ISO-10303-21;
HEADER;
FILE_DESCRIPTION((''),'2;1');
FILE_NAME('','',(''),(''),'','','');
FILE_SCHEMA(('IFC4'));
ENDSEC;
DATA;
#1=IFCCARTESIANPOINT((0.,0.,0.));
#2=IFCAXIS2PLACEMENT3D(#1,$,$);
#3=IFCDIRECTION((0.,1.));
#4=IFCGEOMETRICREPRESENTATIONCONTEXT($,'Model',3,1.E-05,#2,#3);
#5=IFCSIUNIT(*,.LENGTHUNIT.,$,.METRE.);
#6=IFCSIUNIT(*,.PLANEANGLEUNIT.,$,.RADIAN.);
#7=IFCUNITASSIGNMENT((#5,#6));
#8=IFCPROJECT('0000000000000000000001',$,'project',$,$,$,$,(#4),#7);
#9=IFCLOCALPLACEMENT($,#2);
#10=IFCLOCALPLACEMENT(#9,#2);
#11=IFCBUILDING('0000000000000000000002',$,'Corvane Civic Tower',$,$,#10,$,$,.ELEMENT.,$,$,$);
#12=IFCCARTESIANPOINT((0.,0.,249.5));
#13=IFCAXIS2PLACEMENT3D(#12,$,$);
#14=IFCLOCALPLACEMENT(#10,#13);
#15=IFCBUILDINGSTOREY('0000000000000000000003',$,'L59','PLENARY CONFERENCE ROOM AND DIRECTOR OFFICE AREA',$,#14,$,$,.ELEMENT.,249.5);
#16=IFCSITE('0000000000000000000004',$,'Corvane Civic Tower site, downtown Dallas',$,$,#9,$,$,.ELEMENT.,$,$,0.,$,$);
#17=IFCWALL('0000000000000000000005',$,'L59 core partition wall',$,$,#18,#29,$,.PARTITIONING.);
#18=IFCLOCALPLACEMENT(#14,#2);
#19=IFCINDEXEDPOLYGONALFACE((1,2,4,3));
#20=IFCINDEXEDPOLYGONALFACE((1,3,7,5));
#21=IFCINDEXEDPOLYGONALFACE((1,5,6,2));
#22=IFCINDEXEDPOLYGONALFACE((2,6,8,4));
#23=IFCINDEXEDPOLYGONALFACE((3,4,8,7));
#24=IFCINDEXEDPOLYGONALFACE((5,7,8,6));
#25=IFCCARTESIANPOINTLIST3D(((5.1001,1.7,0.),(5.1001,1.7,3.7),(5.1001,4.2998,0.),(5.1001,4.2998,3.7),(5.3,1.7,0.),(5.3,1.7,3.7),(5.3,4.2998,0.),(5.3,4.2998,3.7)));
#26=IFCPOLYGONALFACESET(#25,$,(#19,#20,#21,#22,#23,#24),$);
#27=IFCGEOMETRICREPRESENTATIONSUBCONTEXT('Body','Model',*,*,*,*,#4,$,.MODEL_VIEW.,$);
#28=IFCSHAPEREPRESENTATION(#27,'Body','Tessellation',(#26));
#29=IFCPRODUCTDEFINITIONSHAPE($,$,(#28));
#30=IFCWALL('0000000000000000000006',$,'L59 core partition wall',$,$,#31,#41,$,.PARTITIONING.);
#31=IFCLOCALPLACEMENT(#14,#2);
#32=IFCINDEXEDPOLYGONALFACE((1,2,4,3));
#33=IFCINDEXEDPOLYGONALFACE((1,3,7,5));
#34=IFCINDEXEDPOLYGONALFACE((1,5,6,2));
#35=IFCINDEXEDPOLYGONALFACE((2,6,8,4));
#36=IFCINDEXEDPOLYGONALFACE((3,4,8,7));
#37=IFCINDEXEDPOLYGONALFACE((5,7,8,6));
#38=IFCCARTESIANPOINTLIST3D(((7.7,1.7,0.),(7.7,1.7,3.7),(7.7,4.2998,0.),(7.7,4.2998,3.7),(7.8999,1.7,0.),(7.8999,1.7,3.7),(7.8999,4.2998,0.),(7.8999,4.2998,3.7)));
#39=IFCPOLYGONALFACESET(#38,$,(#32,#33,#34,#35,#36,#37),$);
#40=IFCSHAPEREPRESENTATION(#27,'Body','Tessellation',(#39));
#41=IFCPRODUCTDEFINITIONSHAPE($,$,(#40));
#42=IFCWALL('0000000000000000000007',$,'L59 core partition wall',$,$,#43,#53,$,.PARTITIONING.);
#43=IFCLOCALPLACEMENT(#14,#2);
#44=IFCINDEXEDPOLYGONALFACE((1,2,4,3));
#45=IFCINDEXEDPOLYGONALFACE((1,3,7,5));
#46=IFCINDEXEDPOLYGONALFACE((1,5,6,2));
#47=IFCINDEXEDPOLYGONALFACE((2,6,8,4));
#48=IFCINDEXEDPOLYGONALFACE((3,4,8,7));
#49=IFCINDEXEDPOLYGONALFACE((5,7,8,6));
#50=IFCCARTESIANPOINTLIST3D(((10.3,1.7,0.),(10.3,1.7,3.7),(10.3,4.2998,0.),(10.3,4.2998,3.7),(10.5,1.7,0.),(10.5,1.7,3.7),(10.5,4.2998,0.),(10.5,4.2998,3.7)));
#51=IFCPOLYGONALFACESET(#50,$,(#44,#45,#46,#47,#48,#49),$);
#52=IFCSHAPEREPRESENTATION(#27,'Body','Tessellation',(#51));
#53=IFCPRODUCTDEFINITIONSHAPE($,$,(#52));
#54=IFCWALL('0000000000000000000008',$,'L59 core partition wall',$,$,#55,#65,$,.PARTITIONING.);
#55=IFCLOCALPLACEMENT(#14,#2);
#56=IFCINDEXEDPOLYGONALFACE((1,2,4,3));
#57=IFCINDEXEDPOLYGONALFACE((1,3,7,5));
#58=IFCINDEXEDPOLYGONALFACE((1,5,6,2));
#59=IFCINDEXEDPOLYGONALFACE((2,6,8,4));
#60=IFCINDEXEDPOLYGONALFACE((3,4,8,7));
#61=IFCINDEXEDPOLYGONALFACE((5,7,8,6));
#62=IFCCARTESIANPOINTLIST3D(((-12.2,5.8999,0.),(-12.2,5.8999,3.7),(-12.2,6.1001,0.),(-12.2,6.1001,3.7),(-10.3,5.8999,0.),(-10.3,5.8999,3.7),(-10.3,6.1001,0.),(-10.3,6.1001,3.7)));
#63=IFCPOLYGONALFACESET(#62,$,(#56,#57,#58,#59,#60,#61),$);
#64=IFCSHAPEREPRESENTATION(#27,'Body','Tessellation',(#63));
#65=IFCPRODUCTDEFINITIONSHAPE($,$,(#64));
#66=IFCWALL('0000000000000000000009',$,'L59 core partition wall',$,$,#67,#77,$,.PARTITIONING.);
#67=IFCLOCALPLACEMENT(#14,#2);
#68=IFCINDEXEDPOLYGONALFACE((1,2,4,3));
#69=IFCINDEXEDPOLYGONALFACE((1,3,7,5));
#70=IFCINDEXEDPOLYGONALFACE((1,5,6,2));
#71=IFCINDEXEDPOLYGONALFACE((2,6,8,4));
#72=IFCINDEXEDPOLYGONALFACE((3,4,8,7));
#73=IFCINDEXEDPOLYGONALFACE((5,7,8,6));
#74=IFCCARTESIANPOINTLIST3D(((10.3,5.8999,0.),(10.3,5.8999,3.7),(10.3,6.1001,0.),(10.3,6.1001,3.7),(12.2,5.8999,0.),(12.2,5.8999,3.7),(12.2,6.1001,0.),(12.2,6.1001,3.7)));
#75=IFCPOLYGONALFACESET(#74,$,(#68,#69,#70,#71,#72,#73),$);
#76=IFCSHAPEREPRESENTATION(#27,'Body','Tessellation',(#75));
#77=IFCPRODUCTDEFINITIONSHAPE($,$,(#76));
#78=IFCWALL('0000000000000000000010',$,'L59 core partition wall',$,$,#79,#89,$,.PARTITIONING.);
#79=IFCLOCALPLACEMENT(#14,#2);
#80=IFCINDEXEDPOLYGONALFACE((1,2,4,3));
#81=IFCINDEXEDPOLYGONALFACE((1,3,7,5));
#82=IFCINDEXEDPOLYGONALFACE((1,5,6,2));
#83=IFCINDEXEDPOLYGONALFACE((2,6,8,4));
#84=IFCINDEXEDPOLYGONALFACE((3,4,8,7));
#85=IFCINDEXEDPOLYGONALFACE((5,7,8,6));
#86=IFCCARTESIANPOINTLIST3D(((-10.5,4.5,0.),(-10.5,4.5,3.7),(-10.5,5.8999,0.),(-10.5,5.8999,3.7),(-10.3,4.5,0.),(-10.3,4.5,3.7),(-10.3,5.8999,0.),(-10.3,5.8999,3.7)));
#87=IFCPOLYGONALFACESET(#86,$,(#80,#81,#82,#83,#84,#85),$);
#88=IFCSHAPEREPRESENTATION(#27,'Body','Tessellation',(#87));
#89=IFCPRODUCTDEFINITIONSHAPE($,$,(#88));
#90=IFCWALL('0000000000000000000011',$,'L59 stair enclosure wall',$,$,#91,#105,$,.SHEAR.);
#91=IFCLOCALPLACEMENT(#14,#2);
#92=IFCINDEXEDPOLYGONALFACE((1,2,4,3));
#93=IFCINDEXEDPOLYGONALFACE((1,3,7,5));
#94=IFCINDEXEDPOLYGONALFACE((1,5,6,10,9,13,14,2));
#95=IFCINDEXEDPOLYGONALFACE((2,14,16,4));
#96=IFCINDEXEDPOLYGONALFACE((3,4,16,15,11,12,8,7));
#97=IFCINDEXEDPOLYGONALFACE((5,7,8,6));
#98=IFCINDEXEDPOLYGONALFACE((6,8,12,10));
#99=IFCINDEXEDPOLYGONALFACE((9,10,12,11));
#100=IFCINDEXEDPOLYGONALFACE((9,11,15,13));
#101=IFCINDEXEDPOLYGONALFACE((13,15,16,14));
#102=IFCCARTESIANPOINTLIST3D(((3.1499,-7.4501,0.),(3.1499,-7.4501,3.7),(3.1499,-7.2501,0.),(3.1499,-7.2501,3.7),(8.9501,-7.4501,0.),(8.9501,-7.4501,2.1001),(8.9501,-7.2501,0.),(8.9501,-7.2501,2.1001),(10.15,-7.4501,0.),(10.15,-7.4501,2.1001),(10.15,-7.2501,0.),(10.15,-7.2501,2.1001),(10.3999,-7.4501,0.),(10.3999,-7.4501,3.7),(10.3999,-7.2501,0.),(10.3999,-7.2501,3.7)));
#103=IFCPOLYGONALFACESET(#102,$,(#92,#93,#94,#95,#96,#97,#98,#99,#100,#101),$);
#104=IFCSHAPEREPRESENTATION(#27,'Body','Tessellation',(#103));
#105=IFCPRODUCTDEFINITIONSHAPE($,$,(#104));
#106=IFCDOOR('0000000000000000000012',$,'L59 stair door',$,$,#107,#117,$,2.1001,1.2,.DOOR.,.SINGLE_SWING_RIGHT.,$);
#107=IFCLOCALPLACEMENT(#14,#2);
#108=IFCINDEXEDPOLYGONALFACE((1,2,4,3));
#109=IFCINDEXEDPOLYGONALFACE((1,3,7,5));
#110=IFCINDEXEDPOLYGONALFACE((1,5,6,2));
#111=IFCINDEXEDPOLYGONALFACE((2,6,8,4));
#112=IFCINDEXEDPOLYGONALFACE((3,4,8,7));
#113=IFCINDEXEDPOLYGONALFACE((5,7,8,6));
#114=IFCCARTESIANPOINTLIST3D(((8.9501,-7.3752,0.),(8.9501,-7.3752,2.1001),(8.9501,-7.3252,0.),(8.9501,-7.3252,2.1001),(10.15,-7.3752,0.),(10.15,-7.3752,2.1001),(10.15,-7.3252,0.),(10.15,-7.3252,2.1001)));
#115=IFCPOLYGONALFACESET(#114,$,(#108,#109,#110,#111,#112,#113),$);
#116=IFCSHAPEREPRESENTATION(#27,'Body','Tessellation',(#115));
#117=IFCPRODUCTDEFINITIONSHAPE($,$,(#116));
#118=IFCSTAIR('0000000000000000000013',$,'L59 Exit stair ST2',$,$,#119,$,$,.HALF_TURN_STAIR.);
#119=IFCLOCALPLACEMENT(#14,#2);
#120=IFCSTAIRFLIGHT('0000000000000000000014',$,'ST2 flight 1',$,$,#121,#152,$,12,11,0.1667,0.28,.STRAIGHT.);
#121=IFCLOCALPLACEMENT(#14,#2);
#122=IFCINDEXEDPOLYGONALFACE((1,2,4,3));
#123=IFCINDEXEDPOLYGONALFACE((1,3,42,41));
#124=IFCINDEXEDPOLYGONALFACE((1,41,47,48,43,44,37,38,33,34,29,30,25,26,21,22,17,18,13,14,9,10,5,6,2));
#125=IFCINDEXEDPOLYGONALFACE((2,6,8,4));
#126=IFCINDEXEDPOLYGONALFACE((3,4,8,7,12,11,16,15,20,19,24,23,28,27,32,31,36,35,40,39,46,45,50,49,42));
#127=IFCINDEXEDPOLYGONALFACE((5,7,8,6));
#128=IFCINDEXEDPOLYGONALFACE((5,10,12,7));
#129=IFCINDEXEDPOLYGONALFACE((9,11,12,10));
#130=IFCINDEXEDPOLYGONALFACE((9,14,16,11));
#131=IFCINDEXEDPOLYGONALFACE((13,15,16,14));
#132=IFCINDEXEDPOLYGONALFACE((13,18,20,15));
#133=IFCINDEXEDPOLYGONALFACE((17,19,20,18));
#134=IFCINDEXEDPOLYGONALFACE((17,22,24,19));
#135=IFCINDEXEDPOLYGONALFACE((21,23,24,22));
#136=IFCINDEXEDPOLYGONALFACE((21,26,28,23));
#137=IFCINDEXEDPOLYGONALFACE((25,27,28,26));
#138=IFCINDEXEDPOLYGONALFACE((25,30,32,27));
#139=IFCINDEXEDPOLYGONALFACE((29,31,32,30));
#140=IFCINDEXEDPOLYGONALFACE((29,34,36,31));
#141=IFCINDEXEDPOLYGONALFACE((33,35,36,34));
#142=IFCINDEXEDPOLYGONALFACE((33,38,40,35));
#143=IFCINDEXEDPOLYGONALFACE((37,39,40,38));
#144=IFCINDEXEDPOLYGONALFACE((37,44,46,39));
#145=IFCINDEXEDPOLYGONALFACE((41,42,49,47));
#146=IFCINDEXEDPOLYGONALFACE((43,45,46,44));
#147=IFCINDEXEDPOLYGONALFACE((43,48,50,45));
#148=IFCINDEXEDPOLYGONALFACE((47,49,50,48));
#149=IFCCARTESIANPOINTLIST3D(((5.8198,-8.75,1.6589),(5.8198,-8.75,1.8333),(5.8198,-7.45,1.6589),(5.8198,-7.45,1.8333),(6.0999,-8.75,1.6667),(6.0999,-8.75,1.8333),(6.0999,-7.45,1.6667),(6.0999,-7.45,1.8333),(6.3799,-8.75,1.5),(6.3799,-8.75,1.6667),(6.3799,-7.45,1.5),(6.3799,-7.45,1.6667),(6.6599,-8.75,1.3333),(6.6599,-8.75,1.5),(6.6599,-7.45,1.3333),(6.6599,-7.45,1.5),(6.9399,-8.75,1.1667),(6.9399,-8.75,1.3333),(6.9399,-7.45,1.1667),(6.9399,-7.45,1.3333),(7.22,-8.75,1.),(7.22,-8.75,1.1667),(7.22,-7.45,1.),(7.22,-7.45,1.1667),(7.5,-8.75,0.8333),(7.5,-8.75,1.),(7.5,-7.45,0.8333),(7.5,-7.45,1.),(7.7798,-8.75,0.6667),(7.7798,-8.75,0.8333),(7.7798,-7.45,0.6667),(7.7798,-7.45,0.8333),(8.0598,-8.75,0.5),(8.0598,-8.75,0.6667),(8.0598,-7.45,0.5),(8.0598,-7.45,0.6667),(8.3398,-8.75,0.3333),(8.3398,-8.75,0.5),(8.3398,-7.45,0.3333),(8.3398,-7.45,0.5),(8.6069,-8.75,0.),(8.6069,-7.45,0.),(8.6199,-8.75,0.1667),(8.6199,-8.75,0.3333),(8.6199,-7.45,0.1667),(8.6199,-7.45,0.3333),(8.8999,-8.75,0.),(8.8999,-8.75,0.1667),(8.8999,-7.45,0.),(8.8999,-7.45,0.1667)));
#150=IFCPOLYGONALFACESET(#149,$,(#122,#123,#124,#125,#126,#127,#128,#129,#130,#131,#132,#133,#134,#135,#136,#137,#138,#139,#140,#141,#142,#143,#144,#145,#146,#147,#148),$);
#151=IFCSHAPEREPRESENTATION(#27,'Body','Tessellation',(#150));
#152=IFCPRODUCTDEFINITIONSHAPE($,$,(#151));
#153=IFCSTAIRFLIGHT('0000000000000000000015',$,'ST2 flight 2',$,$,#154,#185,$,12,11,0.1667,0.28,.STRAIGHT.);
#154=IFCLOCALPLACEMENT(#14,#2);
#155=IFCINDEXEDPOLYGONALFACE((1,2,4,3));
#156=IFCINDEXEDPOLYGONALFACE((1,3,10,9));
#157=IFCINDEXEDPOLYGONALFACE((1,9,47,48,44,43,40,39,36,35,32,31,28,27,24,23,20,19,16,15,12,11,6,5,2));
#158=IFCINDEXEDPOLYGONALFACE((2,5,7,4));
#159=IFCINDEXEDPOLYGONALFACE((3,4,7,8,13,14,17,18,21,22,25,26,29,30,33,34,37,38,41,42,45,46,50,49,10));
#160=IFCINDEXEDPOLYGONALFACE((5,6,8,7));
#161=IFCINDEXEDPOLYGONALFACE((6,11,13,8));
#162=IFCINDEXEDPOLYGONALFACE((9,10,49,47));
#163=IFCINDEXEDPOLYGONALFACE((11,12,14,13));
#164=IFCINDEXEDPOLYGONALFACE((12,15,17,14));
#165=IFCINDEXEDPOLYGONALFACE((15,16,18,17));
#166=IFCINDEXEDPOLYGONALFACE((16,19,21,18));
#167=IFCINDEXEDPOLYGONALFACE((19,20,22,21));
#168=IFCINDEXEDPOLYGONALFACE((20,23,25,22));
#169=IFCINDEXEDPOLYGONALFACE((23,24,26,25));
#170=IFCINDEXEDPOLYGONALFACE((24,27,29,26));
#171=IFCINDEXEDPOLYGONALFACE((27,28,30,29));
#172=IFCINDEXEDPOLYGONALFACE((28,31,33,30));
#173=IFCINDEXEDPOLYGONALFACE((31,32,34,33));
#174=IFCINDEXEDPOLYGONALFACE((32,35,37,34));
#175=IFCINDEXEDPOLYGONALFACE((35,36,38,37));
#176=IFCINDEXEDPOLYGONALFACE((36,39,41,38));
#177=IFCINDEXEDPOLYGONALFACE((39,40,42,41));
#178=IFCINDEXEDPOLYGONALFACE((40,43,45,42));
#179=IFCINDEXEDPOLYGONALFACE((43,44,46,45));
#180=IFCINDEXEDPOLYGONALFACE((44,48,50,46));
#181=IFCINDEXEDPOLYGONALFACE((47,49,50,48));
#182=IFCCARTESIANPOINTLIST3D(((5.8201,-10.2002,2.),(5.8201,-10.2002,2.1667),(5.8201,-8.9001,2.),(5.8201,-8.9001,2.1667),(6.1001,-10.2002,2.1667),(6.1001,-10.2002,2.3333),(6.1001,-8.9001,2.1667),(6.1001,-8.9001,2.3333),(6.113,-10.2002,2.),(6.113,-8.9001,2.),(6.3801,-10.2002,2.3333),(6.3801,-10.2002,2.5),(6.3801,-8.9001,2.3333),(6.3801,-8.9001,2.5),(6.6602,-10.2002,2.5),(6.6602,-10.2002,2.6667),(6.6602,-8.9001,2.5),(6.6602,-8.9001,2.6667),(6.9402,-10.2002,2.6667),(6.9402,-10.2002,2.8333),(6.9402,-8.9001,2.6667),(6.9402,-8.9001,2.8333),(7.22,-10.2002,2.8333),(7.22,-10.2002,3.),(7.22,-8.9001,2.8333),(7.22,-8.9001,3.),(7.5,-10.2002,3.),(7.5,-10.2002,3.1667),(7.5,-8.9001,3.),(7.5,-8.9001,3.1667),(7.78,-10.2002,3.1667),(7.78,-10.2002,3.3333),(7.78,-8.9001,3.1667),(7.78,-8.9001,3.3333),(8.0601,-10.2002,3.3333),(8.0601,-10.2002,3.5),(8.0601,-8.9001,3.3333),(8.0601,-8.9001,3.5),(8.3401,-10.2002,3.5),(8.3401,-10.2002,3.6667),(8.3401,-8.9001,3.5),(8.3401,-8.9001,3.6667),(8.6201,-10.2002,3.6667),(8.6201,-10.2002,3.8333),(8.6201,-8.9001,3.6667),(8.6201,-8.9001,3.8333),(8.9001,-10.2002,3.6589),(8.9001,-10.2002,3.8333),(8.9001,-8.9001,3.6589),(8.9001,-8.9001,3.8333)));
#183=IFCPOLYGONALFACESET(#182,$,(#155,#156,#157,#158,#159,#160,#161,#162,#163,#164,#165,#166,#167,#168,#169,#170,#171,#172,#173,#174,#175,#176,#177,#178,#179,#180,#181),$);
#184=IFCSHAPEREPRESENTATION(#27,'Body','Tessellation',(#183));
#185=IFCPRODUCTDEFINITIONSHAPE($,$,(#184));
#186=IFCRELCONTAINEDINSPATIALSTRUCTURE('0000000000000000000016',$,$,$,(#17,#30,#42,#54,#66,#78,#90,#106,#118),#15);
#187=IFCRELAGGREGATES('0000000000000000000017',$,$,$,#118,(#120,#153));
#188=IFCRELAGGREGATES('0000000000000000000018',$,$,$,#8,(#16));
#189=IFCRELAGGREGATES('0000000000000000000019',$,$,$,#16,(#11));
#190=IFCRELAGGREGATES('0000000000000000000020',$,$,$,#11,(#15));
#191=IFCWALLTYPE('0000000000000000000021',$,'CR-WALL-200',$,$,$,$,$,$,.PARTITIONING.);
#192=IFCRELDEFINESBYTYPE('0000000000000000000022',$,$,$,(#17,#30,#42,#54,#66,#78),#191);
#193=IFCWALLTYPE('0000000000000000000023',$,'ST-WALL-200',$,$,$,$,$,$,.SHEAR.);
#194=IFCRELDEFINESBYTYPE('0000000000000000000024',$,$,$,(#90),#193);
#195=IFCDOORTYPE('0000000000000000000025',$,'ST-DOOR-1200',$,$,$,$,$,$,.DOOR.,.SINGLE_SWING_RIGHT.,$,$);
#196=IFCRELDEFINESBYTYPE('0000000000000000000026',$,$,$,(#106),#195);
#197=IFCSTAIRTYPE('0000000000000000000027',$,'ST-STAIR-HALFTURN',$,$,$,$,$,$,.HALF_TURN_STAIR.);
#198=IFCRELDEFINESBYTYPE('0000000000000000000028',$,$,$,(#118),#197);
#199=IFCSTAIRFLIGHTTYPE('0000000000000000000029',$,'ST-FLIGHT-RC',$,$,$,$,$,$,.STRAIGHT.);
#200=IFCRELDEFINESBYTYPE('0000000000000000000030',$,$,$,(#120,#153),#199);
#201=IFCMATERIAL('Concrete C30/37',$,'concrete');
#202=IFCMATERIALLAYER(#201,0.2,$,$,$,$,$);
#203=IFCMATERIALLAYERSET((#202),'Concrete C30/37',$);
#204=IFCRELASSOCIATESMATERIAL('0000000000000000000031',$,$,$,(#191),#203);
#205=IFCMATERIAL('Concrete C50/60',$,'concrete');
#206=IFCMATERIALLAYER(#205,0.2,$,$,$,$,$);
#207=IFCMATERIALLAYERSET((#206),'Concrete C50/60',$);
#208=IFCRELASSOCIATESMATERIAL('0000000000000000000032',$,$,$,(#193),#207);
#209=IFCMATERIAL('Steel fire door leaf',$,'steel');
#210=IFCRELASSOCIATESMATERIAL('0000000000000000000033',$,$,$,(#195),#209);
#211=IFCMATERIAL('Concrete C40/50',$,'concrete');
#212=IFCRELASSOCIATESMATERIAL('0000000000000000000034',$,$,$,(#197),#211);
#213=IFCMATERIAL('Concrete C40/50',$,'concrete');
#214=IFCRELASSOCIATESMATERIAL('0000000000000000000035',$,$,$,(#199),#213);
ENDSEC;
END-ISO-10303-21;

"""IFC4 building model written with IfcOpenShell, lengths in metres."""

from ifc_helpers import new_model, si_unit, direction, frame, frame_2d, origin, place, context, subcontext, project, spatial, polyline, rectangle, outline, extrude, material, layer, layer_set, type_object, element, fill, aggregate, save


model = new_model("IFC4")

# Units and contexts
model_context = context("Model", 3, precision=1e-05, world=origin(), true_north=direction((0.0, 1.0)))
body_context = subcontext(model_context, "Body", "Model", "MODEL_VIEW")
ifc_project = project(units=[si_unit("LENGTHUNIT", "METRE"), si_unit("PLANEANGLEUNIT", "RADIAN")], contexts=[model_context])

# Site, building, storey
site_placement = place(None, origin())
site = spatial("IfcSite", under=ifc_project, at=site_placement, Name="Corvane Civic Tower site, downtown Dallas", CompositionType="ELEMENT", RefElevation=0.0)
building_placement = place(site_placement, origin())
building = spatial("IfcBuilding", under=site, at=building_placement, Name="Corvane Civic Tower", CompositionType="ELEMENT")
storey_placement = place(building_placement, frame((0.0, 0.0, 249.5)))
storey = spatial("IfcBuildingStorey", under=building, at=storey_placement, Name="L59", Description="PLENARY CONFERENCE ROOM AND DIRECTOR OFFICE AREA", CompositionType="ELEMENT", Elevation=249.5)

# Shared definitions
ifc_material_1 = material(Name="Concrete C30/37", Category="concrete")
ifc_layer_1 = layer(ifc_material_1, 0.2)
ifc_layer_set_1 = layer_set([ifc_layer_1], Name="Concrete C30/37")
wall_type_1 = type_object("IfcWallType", Name="CR-WALL-200", PredefinedType="PARTITIONING", material=ifc_layer_set_1)

# Walls
wall_1_placement = place(storey_placement, origin())
element("IfcWall", 1, at=wall_1_placement, inside=storey, type_object=wall_type_1, Name="L59 core partition wall", PredefinedType="PARTITIONING", context=body_context, shape_type="SweptSolid", body=[
    extrude(outline(polyline([(5.3, 1.7), (5.1001, 1.7), (5.1001, 4.2998), (5.3, 4.2998), (5.3, 1.7)])), origin(), (0.0, 0.0, 1.0), 3.7),
])
wall_2_placement = place(storey_placement, origin())
element("IfcWall", 2, at=wall_2_placement, inside=storey, type_object=wall_type_1, Name="L59 core partition wall", PredefinedType="PARTITIONING", context=body_context, shape_type="SweptSolid", body=[
    extrude(outline(polyline([(7.8999, 1.7), (7.7, 1.7), (7.7, 4.2998), (7.8999, 4.2998), (7.8999, 1.7)])), origin(), (0.0, 0.0, 1.0), 3.7),
])
wall_3_placement = place(storey_placement, origin())
element("IfcWall", 3, at=wall_3_placement, inside=storey, type_object=wall_type_1, Name="L59 core partition wall", PredefinedType="PARTITIONING", context=body_context, shape_type="SweptSolid", body=[
    extrude(outline(polyline([(10.5, 1.7), (10.3, 1.7), (10.3, 4.2998), (10.5, 4.2998), (10.5, 1.7)])), origin(), (0.0, 0.0, 1.0), 3.7),
])
wall_4_placement = place(storey_placement, origin())
element("IfcWall", 4, at=wall_4_placement, inside=storey, type_object=wall_type_1, Name="L59 core partition wall", PredefinedType="PARTITIONING", context=body_context, shape_type="SweptSolid", body=[
    extrude(outline(polyline([(-10.3, 5.8999), (-12.2, 5.8999), (-12.2, 6.1001), (-10.3, 6.1001), (-10.3, 5.8999)])), origin(), (0.0, 0.0, 1.0), 3.7),
])
wall_5_placement = place(storey_placement, origin())
element("IfcWall", 5, at=wall_5_placement, inside=storey, type_object=wall_type_1, Name="L59 core partition wall", PredefinedType="PARTITIONING", context=body_context, shape_type="SweptSolid", body=[
    extrude(outline(polyline([(12.2, 5.8999), (10.3, 5.8999), (10.3, 6.1001), (12.2, 6.1001), (12.2, 5.8999)])), origin(), (0.0, 0.0, 1.0), 3.7),
])
wall_6_placement = place(storey_placement, origin())
element("IfcWall", 6, at=wall_6_placement, inside=storey, type_object=wall_type_1, Name="L59 core partition wall", PredefinedType="PARTITIONING", context=body_context, shape_type="SweptSolid", body=[
    extrude(outline(polyline([(-10.3, 4.5), (-10.5, 4.5), (-10.5, 5.8999), (-10.3, 5.8999), (-10.3, 4.5)])), origin(), (0.0, 0.0, 1.0), 3.7),
])

# Wall, opening, door
ifc_material_2 = material(Name="Concrete C50/60", Category="concrete")
ifc_layer_2 = layer(ifc_material_2, 0.2)
ifc_layer_set_2 = layer_set([ifc_layer_2], Name="Concrete C50/60")
wall_type_2 = type_object("IfcWallType", Name="ST-WALL-200", PredefinedType="SHEAR", material=ifc_layer_set_2)
wall_7_placement = place(storey_placement, frame((3.1499, -7.3501, 0.0), z_axis=(0.0, 0.0, 1.0), x_axis=(1.0, 0.0, 0.0)))
wall_7 = element("IfcWall", 7, at=wall_7_placement, inside=storey, type_object=wall_type_2, Name="L59 stair enclosure wall", PredefinedType="SHEAR", context=body_context, shape_type="SweptSolid", body=[
    extrude(rectangle(XDim=7.25, YDim=0.2, at=frame_2d((3.625, 0.0))), origin(), (0.0, 0.0, 1.0), 3.7),
])
opening_1_placement = place(wall_7_placement, frame((5.8, 0.0, 0.0)))
opening_1 = element("IfcOpeningElement", 8, at=opening_1_placement, cuts=wall_7, PredefinedType="OPENING", context=body_context, shape_type="SweptSolid", body=[
    extrude(rectangle(XDim=1.2, YDim=2.1001, at=frame_2d((0.6001, 1.05))), frame((0.0, 0.1099, 0.0), z_axis=(0.0, -1.0, 0.0), x_axis=(1.0, 0.0, 0.0)), (0.0, 0.0, 1.0), 0.22),
])
ifc_material_3 = material(Name="Steel fire door leaf", Category="steel")
door_type_1 = type_object("IfcDoorType", Name="ST-DOOR-1200", OperationType="SINGLE_SWING_RIGHT", PredefinedType="DOOR", material=ifc_material_3)
door_1_placement = place(opening_1_placement, origin())
door_1 = element("IfcDoor", 9, at=door_1_placement, inside=storey, type_object=door_type_1, Name="L59 stair door", OperationType="SINGLE_SWING_RIGHT", OverallHeight=2.1001, OverallWidth=1.2, PredefinedType="DOOR", context=body_context, shape_type="SweptSolid", body=[
    extrude(rectangle(XDim=1.2, YDim=2.1001, at=frame_2d((0.6001, 1.05))), frame((0.0, 0.0249, 0.0), z_axis=(0.0, -1.0, 0.0), x_axis=(1.0, 0.0, 0.0)), (0.0, 0.0, 1.0), 0.05),
])
fill(opening_1, door_1)

# Stair, stair flights
ifc_material_4 = material(Name="Concrete C40/50", Category="concrete")
stair_type = type_object("IfcStairType", Name="ST-STAIR-HALFTURN", PredefinedType="HALF_TURN_STAIR", material=ifc_material_4)
stair_placement = place(storey_placement, origin())
stair = element("IfcStair", 10, at=stair_placement, inside=storey, type_object=stair_type, Name="L59 Exit stair ST2", PredefinedType="HALF_TURN_STAIR")
ifc_material_5 = material(Name="Concrete C40/50", Category="concrete")
stair_flight_type = type_object("IfcStairFlightType", Name="ST-FLIGHT-RC", PredefinedType="STRAIGHT", material=ifc_material_5)
stair_flight_1_placement = place(storey_placement, frame((8.8999, -8.1001, 0.0), z_axis=(0.0, 0.0, 1.0), x_axis=(-1.0, 0.0, 0.0)))
stair_flight_1 = element("IfcStairFlight", 11, at=stair_flight_1_placement, type_object=stair_flight_type, Name="ST2 flight 1", NumberOfRisers=12, NumberOfTreads=11, PredefinedType="STRAIGHT", RiserHeight=0.1667, TreadLength=0.28, context=body_context, shape_type="SweptSolid", body=[
    extrude(outline(polyline([(0.0, 0.0), (0.0, 0.1667), (0.28, 0.1667), (0.28, 0.3333), (0.5601, 0.3333), (0.5601, 0.5), (0.8401, 0.5), (0.8401, 0.6667), (1.1201, 0.6667), (1.1201, 0.8333), (1.3999, 0.8333), (1.3999, 1.0), (1.6799, 1.0), (1.6799, 1.1667), (1.96, 1.1667), (1.96, 1.3333), (2.24, 1.3333), (2.24, 1.5), (2.52, 1.5), (2.52, 1.6667), (2.8, 1.6667), (2.8, 1.8333), (3.0801, 1.8333), (3.0801, 2.0), (3.0801, 1.6589), (0.293, 0.0), (0.0, 0.0)])), frame((0.0, 0.6499, 0.0), z_axis=(0.0, -1.0, 0.0), x_axis=(1.0, 0.0, 0.0)), (0.0, 0.0, 1.0), 1.3),
])
stair_flight_2_placement = place(storey_placement, frame((5.8201, -9.55, 2.0), z_axis=(0.0, 0.0, 1.0), x_axis=(1.0, 0.0, 0.0)))
stair_flight_2 = element("IfcStairFlight", 12, at=stair_flight_2_placement, type_object=stair_flight_type, Name="ST2 flight 2", NumberOfRisers=12, NumberOfTreads=11, PredefinedType="STRAIGHT", RiserHeight=0.1667, TreadLength=0.28, context=body_context, shape_type="SweptSolid", body=[
    extrude(outline(polyline([(0.0, 0.0), (0.0, 0.1667), (0.28, 0.1667), (0.28, 0.3333), (0.5601, 0.3333), (0.5601, 0.5), (0.8401, 0.5), (0.8401, 0.6667), (1.1201, 0.6667), (1.1201, 0.8333), (1.3999, 0.8333), (1.3999, 1.0), (1.6799, 1.0), (1.6799, 1.1667), (1.96, 1.1667), (1.96, 1.3333), (2.24, 1.3333), (2.24, 1.5), (2.52, 1.5), (2.52, 1.6667), (2.8, 1.6667), (2.8, 1.8333), (3.0801, 1.8333), (3.0801, 2.0), (3.0801, 1.6589), (0.293, 0.0), (0.0, 0.0)])), frame((0.0, 0.6499, 0.0), z_axis=(0.0, -1.0, 0.0), x_axis=(1.0, 0.0, 0.0)), (0.0, 0.0, 1.0), 1.3),
])
aggregate(stair, [stair_flight_1, stair_flight_2])

save(model, "model.ifc")
